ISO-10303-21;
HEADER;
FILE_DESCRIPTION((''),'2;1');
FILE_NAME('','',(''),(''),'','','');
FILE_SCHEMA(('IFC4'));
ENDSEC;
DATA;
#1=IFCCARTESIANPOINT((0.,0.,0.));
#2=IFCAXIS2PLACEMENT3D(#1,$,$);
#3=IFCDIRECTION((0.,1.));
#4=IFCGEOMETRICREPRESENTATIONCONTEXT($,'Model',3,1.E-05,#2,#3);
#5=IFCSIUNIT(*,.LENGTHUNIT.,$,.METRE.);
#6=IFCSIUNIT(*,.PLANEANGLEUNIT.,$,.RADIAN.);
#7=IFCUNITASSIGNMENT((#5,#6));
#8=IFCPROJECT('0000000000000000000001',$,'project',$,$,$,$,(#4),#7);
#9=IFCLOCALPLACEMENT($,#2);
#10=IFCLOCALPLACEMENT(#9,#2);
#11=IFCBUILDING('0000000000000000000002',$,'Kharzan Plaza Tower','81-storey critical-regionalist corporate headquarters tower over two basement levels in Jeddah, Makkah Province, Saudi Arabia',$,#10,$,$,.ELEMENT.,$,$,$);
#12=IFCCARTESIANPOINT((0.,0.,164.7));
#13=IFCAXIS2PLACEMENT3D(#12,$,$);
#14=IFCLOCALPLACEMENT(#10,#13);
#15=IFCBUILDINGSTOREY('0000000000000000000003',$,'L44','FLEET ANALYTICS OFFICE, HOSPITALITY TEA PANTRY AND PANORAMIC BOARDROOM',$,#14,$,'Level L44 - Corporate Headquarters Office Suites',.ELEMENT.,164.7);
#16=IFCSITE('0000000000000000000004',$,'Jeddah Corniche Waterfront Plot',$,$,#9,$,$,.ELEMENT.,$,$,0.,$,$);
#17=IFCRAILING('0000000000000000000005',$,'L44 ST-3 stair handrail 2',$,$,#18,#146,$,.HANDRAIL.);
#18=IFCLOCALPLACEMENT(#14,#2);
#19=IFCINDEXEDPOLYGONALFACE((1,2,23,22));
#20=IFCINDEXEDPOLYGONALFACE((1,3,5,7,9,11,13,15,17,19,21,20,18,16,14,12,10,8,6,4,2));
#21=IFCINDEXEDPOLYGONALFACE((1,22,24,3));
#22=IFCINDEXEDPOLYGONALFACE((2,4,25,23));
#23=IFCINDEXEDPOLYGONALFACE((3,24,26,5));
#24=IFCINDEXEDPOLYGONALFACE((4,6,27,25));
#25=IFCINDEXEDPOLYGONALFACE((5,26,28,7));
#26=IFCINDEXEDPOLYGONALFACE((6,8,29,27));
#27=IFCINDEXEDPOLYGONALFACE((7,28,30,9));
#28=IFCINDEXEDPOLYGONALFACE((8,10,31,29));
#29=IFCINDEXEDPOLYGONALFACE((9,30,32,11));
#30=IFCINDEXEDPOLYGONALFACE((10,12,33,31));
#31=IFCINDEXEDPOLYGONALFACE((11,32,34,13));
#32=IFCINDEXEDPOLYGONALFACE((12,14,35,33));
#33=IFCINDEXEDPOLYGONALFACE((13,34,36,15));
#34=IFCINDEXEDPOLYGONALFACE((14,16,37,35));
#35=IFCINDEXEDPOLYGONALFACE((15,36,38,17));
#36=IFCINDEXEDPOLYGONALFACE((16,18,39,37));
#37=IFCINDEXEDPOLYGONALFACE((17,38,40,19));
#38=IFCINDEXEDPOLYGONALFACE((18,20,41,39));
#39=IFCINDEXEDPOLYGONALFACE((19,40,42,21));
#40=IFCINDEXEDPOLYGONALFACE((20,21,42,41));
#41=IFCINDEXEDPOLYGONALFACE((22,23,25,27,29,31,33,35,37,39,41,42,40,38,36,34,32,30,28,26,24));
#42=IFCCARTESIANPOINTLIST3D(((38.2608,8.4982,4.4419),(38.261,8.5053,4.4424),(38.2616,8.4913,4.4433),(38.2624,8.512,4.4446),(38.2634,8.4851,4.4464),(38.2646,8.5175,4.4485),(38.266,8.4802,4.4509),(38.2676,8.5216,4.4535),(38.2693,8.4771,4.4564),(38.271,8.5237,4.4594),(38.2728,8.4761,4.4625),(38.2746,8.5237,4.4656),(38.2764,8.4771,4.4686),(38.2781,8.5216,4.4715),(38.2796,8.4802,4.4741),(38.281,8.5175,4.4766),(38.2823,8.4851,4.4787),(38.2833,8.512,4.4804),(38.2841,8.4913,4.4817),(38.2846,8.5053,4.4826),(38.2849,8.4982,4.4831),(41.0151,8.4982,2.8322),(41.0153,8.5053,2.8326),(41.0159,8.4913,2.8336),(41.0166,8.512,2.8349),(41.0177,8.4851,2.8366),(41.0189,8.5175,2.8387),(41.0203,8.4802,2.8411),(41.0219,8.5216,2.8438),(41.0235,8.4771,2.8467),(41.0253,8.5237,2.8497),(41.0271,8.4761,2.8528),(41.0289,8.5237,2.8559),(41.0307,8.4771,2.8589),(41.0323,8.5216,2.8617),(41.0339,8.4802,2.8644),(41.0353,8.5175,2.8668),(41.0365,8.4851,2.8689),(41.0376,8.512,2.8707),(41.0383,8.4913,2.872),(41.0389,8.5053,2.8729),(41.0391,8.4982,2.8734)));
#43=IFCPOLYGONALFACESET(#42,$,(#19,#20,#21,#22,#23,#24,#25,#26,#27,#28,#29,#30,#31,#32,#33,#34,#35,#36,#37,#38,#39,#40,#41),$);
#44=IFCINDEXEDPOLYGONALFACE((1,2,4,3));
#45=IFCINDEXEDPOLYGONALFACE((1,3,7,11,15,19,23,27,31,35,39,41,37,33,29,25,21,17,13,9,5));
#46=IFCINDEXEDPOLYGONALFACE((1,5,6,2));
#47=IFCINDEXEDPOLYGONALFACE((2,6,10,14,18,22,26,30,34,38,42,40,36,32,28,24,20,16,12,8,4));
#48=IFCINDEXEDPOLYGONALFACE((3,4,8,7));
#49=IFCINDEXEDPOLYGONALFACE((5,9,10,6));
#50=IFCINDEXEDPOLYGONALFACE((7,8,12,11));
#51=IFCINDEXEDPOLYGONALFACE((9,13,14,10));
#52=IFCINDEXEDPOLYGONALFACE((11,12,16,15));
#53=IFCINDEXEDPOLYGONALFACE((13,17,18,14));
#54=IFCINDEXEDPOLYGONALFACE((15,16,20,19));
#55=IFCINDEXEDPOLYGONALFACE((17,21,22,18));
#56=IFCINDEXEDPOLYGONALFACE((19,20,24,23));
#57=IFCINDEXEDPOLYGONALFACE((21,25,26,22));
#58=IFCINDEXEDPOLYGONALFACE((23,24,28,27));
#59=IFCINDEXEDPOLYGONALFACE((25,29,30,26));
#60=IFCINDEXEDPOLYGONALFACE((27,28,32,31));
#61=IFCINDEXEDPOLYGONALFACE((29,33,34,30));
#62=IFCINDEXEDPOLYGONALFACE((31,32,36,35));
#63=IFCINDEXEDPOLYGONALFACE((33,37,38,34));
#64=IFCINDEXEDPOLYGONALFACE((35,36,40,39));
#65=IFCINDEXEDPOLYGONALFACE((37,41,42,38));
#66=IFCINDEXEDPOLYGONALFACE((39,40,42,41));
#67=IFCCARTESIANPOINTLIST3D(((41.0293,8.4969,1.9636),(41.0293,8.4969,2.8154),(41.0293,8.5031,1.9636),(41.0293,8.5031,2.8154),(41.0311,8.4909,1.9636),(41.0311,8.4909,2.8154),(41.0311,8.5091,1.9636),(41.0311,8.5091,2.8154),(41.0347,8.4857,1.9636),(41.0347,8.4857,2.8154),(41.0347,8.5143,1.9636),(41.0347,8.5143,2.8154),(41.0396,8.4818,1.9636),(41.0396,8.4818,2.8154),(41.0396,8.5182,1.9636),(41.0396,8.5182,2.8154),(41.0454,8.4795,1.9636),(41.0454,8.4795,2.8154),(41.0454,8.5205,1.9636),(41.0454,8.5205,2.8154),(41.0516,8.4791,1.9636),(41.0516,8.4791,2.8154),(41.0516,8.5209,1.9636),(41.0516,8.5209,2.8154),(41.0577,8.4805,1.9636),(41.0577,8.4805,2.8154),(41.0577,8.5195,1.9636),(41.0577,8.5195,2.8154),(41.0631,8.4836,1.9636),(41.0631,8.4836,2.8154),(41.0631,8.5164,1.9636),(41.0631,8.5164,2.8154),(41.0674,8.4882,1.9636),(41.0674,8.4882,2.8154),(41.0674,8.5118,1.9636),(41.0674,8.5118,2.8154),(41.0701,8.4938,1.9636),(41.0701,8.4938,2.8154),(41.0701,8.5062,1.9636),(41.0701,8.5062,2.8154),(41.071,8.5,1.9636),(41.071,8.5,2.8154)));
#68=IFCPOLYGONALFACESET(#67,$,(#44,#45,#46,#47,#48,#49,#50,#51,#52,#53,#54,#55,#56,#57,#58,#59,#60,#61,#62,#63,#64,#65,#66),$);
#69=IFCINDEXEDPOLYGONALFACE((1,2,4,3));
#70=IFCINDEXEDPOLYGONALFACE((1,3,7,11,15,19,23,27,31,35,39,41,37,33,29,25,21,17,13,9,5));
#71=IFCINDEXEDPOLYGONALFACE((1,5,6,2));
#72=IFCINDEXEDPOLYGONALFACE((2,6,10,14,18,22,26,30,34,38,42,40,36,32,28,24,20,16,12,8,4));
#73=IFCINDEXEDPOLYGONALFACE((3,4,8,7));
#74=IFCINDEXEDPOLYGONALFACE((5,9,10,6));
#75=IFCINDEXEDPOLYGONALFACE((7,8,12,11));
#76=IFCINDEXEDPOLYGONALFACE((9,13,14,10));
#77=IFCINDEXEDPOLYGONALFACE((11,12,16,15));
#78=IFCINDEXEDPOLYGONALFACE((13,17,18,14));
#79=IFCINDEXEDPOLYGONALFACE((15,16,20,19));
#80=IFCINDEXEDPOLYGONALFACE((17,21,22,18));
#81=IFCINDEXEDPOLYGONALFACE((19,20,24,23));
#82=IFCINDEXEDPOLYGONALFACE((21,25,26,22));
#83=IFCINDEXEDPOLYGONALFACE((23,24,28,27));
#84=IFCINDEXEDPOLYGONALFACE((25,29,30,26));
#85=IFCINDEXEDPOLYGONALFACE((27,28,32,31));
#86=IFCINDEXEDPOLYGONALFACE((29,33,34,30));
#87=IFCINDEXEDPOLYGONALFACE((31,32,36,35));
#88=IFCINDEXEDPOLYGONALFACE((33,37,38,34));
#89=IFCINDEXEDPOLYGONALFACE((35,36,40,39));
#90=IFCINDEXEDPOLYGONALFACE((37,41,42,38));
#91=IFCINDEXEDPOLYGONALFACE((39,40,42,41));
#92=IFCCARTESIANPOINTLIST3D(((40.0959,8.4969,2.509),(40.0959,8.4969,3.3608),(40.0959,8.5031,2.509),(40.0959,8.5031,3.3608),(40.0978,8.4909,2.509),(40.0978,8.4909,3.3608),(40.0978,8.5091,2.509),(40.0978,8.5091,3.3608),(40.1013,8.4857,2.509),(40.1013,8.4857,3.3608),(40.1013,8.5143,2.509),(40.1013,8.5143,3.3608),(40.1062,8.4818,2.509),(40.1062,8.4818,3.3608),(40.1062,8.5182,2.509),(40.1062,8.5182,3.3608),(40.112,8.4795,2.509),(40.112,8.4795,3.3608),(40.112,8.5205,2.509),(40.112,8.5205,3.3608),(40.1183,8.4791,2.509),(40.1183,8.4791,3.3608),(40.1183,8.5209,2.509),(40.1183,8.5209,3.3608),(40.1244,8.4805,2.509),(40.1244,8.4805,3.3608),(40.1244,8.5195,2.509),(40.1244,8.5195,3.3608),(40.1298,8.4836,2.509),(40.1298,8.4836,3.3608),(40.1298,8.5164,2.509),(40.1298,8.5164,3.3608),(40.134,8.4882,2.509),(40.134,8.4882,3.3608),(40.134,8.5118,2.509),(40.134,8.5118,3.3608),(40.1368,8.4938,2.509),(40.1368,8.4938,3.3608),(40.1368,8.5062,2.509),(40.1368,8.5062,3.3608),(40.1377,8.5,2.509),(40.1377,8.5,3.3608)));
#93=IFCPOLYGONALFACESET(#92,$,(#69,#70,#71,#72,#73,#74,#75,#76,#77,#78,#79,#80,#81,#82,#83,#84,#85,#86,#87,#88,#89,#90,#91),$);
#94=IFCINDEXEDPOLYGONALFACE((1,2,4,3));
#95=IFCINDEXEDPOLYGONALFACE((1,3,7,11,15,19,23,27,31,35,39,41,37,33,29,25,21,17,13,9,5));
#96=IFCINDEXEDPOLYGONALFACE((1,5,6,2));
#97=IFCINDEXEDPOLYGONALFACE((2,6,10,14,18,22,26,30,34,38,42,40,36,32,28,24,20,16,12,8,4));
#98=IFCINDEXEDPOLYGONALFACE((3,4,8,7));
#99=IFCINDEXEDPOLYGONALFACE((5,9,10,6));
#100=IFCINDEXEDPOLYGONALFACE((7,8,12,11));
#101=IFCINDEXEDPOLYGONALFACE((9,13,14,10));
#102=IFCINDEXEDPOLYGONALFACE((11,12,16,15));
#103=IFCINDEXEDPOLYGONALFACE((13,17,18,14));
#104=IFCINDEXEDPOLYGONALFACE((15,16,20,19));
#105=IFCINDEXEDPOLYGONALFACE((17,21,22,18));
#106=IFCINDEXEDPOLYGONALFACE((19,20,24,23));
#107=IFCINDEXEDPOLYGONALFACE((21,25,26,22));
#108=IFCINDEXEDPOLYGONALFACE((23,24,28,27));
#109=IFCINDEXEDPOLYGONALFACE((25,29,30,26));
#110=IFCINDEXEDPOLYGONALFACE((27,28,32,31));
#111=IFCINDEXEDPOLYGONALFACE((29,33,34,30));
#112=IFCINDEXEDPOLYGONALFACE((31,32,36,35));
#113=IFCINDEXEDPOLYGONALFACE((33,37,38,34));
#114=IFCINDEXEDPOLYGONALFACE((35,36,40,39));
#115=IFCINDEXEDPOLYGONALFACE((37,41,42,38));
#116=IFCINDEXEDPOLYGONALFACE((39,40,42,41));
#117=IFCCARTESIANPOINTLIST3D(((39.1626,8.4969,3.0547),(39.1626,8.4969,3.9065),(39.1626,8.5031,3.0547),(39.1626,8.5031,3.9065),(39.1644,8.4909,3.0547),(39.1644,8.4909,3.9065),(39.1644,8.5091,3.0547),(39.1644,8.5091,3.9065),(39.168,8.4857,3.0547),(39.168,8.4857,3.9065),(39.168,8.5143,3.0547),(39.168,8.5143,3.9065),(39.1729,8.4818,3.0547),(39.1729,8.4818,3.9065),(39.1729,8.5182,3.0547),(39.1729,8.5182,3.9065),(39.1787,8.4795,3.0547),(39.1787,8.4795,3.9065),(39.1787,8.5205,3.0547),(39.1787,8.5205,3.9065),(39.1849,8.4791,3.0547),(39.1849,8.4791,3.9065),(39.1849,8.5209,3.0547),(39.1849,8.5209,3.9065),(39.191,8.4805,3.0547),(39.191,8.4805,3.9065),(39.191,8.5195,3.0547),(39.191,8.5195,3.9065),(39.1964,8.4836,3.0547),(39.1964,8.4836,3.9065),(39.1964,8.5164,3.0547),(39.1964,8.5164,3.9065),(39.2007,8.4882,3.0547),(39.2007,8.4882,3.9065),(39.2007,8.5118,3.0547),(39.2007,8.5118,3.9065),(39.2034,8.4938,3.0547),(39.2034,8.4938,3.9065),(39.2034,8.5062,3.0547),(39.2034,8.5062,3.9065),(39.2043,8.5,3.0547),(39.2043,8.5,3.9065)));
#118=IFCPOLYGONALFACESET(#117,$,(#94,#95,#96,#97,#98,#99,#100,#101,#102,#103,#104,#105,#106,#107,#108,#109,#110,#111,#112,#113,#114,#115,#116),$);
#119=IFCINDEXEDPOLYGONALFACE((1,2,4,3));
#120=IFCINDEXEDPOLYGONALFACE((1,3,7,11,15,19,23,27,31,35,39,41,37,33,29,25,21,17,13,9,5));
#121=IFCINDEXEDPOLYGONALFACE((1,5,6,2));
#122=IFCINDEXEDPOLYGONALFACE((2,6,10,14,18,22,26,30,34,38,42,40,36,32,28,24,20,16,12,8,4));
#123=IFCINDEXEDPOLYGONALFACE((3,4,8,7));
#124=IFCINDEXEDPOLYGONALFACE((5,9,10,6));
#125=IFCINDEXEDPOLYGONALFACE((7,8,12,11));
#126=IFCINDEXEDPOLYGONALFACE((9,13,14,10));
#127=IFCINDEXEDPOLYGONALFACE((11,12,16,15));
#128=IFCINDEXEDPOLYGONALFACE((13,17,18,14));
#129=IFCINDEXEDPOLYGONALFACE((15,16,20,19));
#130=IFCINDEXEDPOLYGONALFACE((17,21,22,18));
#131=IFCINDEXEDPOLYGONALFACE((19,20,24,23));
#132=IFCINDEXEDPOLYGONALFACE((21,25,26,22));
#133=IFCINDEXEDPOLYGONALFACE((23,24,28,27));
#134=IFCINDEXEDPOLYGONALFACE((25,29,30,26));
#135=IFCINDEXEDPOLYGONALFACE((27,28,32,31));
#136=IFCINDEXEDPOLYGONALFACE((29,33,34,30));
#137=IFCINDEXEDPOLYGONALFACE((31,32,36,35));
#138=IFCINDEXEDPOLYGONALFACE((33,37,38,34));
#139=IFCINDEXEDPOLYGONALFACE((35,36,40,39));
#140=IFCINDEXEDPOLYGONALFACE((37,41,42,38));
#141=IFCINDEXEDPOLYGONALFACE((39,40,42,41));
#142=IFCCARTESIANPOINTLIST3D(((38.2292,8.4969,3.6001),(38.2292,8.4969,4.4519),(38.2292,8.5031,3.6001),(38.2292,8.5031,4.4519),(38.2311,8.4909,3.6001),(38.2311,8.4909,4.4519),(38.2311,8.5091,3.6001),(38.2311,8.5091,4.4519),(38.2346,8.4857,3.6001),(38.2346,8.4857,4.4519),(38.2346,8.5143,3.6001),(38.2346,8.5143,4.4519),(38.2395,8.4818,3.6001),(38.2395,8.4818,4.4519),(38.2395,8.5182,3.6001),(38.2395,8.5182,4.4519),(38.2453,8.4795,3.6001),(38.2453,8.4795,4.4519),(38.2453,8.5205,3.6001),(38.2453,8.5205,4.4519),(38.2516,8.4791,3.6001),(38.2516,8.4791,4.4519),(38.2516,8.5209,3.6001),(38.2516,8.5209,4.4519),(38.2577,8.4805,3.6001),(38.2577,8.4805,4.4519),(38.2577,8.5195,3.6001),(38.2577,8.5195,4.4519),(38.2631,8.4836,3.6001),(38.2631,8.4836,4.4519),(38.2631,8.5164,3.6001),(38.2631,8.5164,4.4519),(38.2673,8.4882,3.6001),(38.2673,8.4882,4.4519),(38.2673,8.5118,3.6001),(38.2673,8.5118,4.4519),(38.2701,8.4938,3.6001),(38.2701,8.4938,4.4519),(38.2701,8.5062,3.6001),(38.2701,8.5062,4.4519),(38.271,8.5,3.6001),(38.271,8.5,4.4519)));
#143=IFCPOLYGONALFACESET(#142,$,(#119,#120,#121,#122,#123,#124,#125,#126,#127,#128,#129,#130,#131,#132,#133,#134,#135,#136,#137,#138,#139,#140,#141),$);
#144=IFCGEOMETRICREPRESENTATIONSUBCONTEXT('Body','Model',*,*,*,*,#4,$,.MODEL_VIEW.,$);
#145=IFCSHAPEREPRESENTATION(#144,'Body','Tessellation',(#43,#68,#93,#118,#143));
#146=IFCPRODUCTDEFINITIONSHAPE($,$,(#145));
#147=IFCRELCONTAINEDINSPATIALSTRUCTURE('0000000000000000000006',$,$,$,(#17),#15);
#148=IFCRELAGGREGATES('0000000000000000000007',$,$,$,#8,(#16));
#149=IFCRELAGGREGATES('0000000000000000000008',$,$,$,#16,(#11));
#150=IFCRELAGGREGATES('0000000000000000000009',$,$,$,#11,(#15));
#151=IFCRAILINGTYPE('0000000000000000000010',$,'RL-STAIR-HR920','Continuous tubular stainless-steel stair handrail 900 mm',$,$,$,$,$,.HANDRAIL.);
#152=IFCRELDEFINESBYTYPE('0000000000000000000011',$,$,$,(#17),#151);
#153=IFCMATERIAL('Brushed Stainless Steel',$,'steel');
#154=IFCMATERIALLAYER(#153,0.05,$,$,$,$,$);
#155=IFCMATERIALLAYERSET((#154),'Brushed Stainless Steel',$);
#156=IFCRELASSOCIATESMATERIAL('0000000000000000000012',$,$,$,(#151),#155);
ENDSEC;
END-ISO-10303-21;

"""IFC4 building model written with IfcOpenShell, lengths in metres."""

from ifc_helpers import new_model, si_unit, direction, frame, origin, origin_2d, place, context, subcontext, project, spatial, circle, extrude, source, transform, mapped, material, layer, layer_set, type_object, element, save


model = new_model("IFC4")

# Units and contexts
model_context = context("Model", 3, precision=1e-05, world=origin(), true_north=direction((0.0, 1.0)))
body_context = subcontext(model_context, "Body", "Model", "MODEL_VIEW")
ifc_project = project(units=[si_unit("LENGTHUNIT", "METRE"), si_unit("PLANEANGLEUNIT", "RADIAN")], contexts=[model_context])

# Site, building, storey
site_placement = place(None, origin())
site = spatial("IfcSite", under=ifc_project, at=site_placement, Name="Jeddah Corniche Waterfront Plot", CompositionType="ELEMENT", RefElevation=0.0)
building_placement = place(site_placement, origin())
building = spatial("IfcBuilding", under=site, at=building_placement, Name="Kharzan Plaza Tower", Description="81-storey critical-regionalist corporate headquarters tower over two basement levels in Jeddah, Makkah Province, Saudi Arabia", CompositionType="ELEMENT")
storey_placement = place(building_placement, frame((0.0, 0.0, 164.7)))
storey = spatial("IfcBuildingStorey", under=building, at=storey_placement, Name="L44", Description="FLEET ANALYTICS OFFICE, HOSPITALITY TEA PANTRY AND PANORAMIC BOARDROOM", LongName="Level L44 - Corporate Headquarters Office Suites", CompositionType="ELEMENT", Elevation=164.7)

# Shared definitions
ifc_material_1 = material(Name="Brushed Stainless Steel", Category="steel")

# Railing
ifc_layer_1 = layer(ifc_material_1, 0.05)
ifc_layer_set_1 = layer_set([ifc_layer_1], Name="Brushed Stainless Steel")
railing_type_1 = type_object("IfcRailingType", Name="RL-STAIR-HR920", Description="Continuous tubular stainless-steel stair handrail 900 mm", PredefinedType="HANDRAIL", material=ifc_layer_set_1)
shared_shape_1 = source(origin(), body_context, "Body", "SweptSolid", [
    extrude(circle(Radius=0.0239, at=origin_2d()), frame((-0.0229, 0.0, 0.8892), z_axis=(-0.863361, 0.0, 0.504587), x_axis=(0.0, -1.0, 0.0)), (0.0, 0.0, 1.0), 3.1902),
    extrude(circle(Radius=0.021, at=origin_2d()), origin(), (0.0, 0.0, 1.0), 0.8518),
    extrude(circle(Radius=0.021, at=origin_2d()), frame((-0.9333, 0.0, 0.5454)), (0.0, 0.0, 1.0), 0.8518),
    extrude(circle(Radius=0.021, at=origin_2d()), frame((-1.8667, 0.0, 1.0911)), (0.0, 0.0, 1.0), 0.8518),
    extrude(circle(Radius=0.021, at=origin_2d()), frame((-2.8, 0.0, 1.6365)), (0.0, 0.0, 1.0), 0.8518),
])
railing_1_placement = place(storey_placement, frame((41.05, 8.5, 1.9636)))
element("IfcRailing", 1, at=railing_1_placement, inside=storey, type_object=railing_type_1, Name="L44 ST-3 stair handrail 2", PredefinedType="HANDRAIL", context=body_context, shape_type="MappedRepresentation", body=[
    mapped(shared_shape_1, transform((0.0, 0.0, 0.0), x_axis=(1.0, 0.0, 0.0), y_axis=(0.0, 1.0, 0.0), z_axis=(0.0, 0.0, 1.0))),
])

save(model, "model.ifc")
